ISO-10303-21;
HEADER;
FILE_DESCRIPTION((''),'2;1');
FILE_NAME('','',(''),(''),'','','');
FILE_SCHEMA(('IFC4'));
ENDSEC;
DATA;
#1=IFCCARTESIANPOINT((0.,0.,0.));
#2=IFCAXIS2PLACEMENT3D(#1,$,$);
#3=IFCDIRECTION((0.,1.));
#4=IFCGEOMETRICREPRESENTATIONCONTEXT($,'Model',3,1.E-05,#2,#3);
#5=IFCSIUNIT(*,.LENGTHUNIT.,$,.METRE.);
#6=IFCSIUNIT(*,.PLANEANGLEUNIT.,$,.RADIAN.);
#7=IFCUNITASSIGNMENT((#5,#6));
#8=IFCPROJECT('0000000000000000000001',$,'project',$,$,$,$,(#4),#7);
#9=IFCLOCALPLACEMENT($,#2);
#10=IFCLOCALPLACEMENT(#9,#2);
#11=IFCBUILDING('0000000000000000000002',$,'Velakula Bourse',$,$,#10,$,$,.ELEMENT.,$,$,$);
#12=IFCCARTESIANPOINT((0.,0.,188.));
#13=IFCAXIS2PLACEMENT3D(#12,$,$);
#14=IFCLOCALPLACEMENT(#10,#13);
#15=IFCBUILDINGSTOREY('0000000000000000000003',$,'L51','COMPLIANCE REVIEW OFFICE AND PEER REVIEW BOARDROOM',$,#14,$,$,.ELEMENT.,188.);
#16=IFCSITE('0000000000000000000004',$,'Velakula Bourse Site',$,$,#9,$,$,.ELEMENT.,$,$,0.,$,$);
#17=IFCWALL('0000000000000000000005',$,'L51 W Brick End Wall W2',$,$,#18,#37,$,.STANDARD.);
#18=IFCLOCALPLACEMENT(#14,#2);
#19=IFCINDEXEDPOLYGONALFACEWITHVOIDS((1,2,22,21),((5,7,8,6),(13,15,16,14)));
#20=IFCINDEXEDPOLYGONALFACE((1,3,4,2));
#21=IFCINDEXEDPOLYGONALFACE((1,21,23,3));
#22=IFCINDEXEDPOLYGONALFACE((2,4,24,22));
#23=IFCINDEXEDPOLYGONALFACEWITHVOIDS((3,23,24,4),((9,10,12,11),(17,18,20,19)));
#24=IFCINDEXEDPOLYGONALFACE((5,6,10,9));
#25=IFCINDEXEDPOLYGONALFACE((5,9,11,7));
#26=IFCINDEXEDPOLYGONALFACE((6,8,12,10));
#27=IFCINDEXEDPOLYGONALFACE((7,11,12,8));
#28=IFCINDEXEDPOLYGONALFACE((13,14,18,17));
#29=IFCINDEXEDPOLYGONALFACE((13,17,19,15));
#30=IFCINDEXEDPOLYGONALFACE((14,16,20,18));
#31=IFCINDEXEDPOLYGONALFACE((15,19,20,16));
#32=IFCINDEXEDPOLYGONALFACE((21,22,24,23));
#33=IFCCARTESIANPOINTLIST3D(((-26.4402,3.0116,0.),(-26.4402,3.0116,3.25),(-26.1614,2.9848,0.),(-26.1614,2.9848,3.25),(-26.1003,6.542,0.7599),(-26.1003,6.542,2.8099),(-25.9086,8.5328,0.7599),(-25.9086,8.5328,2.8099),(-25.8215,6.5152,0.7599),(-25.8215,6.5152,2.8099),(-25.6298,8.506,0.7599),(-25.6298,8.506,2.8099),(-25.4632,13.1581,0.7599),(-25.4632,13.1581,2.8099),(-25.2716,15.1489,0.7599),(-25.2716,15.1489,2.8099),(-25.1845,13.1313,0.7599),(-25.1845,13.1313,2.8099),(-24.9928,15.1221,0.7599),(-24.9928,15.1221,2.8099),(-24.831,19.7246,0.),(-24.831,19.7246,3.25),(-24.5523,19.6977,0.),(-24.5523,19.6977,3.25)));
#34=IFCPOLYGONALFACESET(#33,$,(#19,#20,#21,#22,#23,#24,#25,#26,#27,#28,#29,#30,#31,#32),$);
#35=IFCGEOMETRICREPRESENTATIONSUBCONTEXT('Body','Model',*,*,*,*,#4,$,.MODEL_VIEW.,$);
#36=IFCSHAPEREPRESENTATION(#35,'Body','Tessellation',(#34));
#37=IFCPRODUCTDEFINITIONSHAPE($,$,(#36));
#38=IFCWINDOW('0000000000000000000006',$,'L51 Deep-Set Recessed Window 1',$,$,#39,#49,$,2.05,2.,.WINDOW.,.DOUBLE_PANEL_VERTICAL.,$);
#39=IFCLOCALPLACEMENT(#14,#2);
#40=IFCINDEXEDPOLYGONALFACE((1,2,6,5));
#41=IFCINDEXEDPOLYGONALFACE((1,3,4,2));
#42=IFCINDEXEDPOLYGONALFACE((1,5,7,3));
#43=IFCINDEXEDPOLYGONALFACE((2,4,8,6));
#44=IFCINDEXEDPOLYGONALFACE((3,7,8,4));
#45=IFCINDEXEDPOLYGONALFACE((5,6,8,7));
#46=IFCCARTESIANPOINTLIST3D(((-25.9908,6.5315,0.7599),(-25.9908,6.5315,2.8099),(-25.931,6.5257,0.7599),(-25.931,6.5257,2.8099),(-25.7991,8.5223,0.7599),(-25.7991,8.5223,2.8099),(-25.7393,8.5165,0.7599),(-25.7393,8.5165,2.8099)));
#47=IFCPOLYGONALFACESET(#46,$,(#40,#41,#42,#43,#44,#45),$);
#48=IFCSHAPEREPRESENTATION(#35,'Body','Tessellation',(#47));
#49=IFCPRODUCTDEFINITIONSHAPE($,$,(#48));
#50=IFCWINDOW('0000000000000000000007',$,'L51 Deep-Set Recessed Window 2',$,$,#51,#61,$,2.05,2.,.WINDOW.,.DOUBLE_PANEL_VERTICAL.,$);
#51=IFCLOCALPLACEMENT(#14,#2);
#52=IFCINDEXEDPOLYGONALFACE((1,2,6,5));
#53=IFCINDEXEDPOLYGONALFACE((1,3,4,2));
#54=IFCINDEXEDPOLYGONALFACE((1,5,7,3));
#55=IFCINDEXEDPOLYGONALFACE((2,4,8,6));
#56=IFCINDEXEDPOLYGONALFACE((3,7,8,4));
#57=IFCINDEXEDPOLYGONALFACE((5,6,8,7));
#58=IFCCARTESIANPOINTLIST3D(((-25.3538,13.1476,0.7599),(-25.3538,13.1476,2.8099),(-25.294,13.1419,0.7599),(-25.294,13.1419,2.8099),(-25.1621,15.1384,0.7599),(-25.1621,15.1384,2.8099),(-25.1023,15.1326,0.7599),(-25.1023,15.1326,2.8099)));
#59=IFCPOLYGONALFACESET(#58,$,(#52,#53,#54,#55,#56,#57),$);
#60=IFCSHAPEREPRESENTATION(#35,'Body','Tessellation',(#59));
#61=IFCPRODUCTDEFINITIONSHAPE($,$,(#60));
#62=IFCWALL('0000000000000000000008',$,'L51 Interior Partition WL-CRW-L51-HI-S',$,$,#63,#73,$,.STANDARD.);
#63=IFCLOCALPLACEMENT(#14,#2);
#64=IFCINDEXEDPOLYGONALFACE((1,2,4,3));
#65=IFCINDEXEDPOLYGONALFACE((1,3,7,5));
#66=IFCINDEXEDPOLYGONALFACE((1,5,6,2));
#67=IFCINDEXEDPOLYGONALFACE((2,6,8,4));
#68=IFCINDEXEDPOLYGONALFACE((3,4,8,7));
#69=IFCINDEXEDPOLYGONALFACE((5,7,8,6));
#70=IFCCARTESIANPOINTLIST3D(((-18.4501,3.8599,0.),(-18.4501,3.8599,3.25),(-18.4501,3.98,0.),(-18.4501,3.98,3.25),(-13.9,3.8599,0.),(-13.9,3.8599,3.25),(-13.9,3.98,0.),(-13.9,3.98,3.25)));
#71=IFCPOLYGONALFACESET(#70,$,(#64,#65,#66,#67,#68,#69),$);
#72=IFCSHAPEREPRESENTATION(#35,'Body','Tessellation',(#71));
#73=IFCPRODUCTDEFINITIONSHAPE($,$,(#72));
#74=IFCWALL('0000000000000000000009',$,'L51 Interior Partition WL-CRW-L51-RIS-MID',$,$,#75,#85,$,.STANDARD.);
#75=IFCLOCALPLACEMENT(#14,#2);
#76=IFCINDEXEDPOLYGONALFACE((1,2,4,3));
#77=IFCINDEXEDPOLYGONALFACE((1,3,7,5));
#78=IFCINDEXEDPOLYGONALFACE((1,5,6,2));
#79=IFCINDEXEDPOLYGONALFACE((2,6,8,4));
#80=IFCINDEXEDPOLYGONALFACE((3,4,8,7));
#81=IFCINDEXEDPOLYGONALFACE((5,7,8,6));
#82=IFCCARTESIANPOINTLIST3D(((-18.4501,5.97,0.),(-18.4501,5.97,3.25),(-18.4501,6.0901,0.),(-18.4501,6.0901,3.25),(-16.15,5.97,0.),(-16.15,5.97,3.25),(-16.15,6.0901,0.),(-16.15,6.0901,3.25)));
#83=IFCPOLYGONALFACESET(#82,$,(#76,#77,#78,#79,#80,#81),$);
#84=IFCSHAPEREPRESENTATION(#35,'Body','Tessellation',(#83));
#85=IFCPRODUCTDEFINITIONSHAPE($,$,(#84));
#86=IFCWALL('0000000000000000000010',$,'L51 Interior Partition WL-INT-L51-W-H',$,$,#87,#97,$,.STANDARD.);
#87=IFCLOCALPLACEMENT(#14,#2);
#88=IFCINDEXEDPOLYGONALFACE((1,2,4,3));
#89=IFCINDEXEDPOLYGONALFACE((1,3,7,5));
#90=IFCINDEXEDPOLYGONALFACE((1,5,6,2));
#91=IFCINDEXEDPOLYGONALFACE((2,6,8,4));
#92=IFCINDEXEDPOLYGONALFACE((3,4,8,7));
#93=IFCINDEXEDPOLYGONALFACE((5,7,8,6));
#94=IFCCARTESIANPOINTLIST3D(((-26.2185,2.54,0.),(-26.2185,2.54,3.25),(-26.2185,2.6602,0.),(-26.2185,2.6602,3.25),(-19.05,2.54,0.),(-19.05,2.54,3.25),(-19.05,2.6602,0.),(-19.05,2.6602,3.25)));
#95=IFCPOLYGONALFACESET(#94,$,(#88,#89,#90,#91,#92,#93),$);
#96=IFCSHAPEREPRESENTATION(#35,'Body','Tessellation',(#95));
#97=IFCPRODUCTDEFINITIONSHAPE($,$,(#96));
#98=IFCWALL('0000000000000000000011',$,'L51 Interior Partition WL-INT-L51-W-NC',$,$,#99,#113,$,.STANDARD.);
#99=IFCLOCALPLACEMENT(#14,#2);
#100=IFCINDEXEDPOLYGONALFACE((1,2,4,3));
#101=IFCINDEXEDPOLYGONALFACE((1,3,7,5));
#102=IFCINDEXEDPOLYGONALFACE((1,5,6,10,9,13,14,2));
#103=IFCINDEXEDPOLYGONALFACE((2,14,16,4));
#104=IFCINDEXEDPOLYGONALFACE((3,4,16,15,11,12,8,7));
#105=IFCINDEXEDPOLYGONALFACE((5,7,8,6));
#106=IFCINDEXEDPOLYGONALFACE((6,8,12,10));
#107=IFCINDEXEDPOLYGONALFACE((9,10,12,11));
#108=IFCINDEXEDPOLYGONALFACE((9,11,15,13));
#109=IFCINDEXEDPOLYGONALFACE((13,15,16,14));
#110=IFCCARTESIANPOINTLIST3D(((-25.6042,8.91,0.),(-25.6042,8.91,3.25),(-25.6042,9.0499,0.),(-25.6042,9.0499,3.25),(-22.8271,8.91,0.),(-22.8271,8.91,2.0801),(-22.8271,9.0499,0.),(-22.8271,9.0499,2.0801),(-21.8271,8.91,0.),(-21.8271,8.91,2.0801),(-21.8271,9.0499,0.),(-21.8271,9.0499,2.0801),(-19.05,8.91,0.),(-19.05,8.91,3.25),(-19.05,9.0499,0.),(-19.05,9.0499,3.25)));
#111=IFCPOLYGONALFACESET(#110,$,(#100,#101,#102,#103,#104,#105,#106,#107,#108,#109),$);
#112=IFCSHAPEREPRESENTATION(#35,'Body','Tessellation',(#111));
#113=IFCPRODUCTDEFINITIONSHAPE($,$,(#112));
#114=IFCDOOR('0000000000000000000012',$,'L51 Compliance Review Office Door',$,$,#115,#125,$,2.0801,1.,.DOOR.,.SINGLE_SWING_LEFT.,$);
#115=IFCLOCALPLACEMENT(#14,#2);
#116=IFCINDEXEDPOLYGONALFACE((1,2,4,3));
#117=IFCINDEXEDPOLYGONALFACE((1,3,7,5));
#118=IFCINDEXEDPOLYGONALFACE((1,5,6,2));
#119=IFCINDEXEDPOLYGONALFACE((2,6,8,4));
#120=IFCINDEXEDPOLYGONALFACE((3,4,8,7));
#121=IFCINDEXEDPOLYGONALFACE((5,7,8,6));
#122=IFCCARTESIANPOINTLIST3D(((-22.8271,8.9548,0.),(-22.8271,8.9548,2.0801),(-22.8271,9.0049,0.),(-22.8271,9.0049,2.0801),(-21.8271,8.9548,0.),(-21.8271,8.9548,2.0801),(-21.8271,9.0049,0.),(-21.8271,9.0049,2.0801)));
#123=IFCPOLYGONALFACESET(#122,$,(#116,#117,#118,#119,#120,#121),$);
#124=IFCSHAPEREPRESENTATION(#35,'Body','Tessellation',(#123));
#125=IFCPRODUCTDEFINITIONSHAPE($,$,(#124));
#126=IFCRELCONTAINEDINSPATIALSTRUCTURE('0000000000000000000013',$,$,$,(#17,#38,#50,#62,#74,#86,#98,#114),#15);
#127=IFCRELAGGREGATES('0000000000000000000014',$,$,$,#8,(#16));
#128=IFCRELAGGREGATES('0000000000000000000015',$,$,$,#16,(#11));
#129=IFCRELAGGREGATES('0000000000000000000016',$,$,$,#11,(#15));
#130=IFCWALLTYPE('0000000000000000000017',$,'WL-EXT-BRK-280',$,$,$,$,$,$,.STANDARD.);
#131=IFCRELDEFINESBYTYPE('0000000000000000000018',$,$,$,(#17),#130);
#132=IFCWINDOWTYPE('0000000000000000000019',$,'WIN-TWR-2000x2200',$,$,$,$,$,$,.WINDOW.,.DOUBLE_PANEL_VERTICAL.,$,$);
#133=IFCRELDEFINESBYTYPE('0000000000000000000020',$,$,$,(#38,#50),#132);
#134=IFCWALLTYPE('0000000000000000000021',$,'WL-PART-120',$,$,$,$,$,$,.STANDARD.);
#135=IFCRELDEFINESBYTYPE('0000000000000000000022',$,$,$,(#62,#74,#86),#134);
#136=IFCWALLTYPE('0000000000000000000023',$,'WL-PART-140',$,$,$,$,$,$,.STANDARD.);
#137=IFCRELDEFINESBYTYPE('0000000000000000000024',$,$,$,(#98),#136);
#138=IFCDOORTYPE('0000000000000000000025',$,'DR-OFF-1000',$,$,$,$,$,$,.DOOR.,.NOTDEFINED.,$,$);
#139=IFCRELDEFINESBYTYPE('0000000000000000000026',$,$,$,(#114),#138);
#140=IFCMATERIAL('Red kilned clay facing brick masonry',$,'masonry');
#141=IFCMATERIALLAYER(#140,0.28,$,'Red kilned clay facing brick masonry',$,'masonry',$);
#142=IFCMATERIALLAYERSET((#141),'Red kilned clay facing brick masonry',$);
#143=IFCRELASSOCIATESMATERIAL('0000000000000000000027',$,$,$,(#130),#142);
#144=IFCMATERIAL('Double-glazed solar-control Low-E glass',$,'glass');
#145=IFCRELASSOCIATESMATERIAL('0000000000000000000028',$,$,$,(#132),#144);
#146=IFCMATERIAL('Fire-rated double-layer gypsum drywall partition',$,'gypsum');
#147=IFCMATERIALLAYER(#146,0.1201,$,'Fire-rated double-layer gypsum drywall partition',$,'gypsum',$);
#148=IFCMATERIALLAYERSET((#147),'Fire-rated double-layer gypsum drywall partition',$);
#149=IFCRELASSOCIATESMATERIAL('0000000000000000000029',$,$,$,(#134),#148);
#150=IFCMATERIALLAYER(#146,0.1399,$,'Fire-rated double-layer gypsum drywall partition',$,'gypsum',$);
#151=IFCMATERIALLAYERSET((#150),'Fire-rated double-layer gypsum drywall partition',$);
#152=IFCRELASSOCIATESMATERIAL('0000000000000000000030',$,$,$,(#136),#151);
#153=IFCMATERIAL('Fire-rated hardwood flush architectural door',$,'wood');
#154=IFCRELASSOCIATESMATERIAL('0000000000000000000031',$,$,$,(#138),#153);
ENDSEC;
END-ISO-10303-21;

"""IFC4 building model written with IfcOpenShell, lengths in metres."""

from ifc_helpers import new_model, si_unit, direction, frame, frame_2d, origin, place, context, subcontext, project, spatial, rectangle, extrude, material, layer, layer_set, type_object, element, fill, save


model = new_model("IFC4")

# Units and contexts
model_context = context("Model", 3, precision=1e-05, world=origin(), true_north=direction((0.0, 1.0)))
body_context = subcontext(model_context, "Body", "Model", "MODEL_VIEW")
ifc_project = project(units=[si_unit("LENGTHUNIT", "METRE"), si_unit("PLANEANGLEUNIT", "RADIAN")], contexts=[model_context])

# Site, building, storey
site_placement = place(None, origin())
site = spatial("IfcSite", under=ifc_project, at=site_placement, Name="Velakula Bourse Site", CompositionType="ELEMENT", RefElevation=0.0)
building_placement = place(site_placement, origin())
building = spatial("IfcBuilding", under=site, at=building_placement, Name="Velakula Bourse", CompositionType="ELEMENT")
storey_placement = place(building_placement, frame((0.0, 0.0, 188.0)))
storey = spatial("IfcBuildingStorey", under=building, at=storey_placement, Name="L51", Description="COMPLIANCE REVIEW OFFICE AND PEER REVIEW BOARDROOM", CompositionType="ELEMENT", Elevation=188.0)

# Shared definitions
ifc_material_1 = material(Name="Fire-rated hardwood flush architectural door", Category="wood")

# Wall, openings, windows
ifc_material_2 = material(Name="Red kilned clay facing brick masonry", Category="masonry")
ifc_layer_1 = layer(ifc_material_2, 0.28, Name="Red kilned clay facing brick masonry", Category="masonry")
ifc_layer_set_1 = layer_set([ifc_layer_1], Name="Red kilned clay facing brick masonry")
wall_type_1 = type_object("IfcWallType", Name="WL-EXT-BRK-280", PredefinedType="STANDARD", material=ifc_layer_set_1)
wall_1_placement = place(storey_placement, frame((-26.3008, 2.9983, 0.0), z_axis=(0.0, 0.0, 1.0), x_axis=(0.095838, 0.995397, 0.0)))
wall_1 = element("IfcWall", 1, at=wall_1_placement, inside=storey, type_object=wall_type_1, Name="L51 W Brick End Wall W2", PredefinedType="STANDARD", context=body_context, shape_type="SweptSolid", body=[
    extrude(rectangle(XDim=16.7903, YDim=0.28, at=frame_2d((8.395, 0.0))), origin(), (0.0, 0.0, 1.0), 3.25),
])
opening_1_placement = place(wall_1_placement, frame((3.5466, 0.0, 0.76)))
opening_1 = element("IfcOpeningElement", 2, at=opening_1_placement, cuts=wall_1, PredefinedType="OPENING", context=body_context, shape_type="SweptSolid", body=[
    extrude(rectangle(XDim=2.0, YDim=2.05, at=frame_2d((1.0, 1.0249))), frame((0.0, 0.1499, 0.0), z_axis=(0.0, -1.0, 0.0), x_axis=(1.0, 0.0, 0.0)), (0.0, 0.0, 1.0), 0.3),
])
opening_2_placement = place(wall_1_placement, frame((10.1934, 0.0, 0.76)))
opening_2 = element("IfcOpeningElement", 3, at=opening_2_placement, cuts=wall_1, PredefinedType="OPENING", context=body_context, shape_type="SweptSolid", body=[
    extrude(rectangle(XDim=2.0, YDim=2.05, at=frame_2d((1.0, 1.0249))), frame((0.0, 0.1499, 0.0), z_axis=(0.0, -1.0, 0.0), x_axis=(1.0, 0.0, 0.0)), (0.0, 0.0, 1.0), 0.3),
])
ifc_material_3 = material(Name="Double-glazed solar-control Low-E glass", Category="glass")
window_type = type_object("IfcWindowType", Name="WIN-TWR-2000x2200", PartitioningType="DOUBLE_PANEL_VERTICAL", PredefinedType="WINDOW", material=ifc_material_3)
window_1_placement = place(opening_1_placement, origin())
window_1 = element("IfcWindow", 4, at=window_1_placement, inside=storey, type_object=window_type, Name="L51 Deep-Set Recessed Window 1", OverallHeight=2.05, OverallWidth=2.0, PartitioningType="DOUBLE_PANEL_VERTICAL", PredefinedType="WINDOW", context=body_context, shape_type="SweptSolid", body=[
    extrude(rectangle(XDim=2.0, YDim=2.05, at=frame_2d((1.0, 1.0249))), frame((0.0, 0.03, 0.0), z_axis=(0.0, -1.0, 0.0), x_axis=(1.0, 0.0, 0.0)), (0.0, 0.0, 1.0), 0.0601),
])
fill(opening_1, window_1)
window_2_placement = place(opening_2_placement, origin())
window_2 = element("IfcWindow", 5, at=window_2_placement, inside=storey, type_object=window_type, Name="L51 Deep-Set Recessed Window 2", OverallHeight=2.05, OverallWidth=2.0, PartitioningType="DOUBLE_PANEL_VERTICAL", PredefinedType="WINDOW", context=body_context, shape_type="SweptSolid", body=[
    extrude(rectangle(XDim=2.0, YDim=2.05, at=frame_2d((1.0, 1.0249))), frame((0.0, 0.03, 0.0), z_axis=(0.0, -1.0, 0.0), x_axis=(1.0, 0.0, 0.0)), (0.0, 0.0, 1.0), 0.0601),
])
fill(opening_2, window_2)

# Walls
ifc_material_4 = material(Name="Fire-rated double-layer gypsum drywall partition", Category="gypsum")
ifc_layer_2 = layer(ifc_material_4, 0.1201, Name="Fire-rated double-layer gypsum drywall partition", Category="gypsum")
ifc_layer_set_2 = layer_set([ifc_layer_2], Name="Fire-rated double-layer gypsum drywall partition")
wall_type_2 = type_object("IfcWallType", Name="WL-PART-120", PredefinedType="STANDARD", material=ifc_layer_set_2)
wall_2_placement = place(storey_placement, frame((-18.45, 3.9199, 0.0), z_axis=(0.0, 0.0, 1.0), x_axis=(1.0, 0.0, 0.0)))
element("IfcWall", 6, at=wall_2_placement, inside=storey, type_object=wall_type_2, Name="L51 Interior Partition WL-CRW-L51-HI-S", PredefinedType="STANDARD", context=body_context, shape_type="SweptSolid", body=[
    extrude(rectangle(XDim=4.55, YDim=0.1201, at=frame_2d((2.2749, 0.0))), origin(), (0.0, 0.0, 1.0), 3.25),
])
wall_3_placement = place(storey_placement, frame((-18.45, 6.03, 0.0), z_axis=(0.0, 0.0, 1.0), x_axis=(1.0, 0.0, 0.0)))
element("IfcWall", 7, at=wall_3_placement, inside=storey, type_object=wall_type_2, Name="L51 Interior Partition WL-CRW-L51-RIS-MID", PredefinedType="STANDARD", context=body_context, shape_type="SweptSolid", body=[
    extrude(rectangle(XDim=2.3, YDim=0.1201, at=frame_2d((1.1499, 0.0))), origin(), (0.0, 0.0, 1.0), 3.25),
])
wall_4_placement = place(storey_placement, frame((-26.2185, 2.6001, 0.0), z_axis=(0.0, 0.0, 1.0), x_axis=(1.0, 0.0, 0.0)))
element("IfcWall", 8, at=wall_4_placement, inside=storey, type_object=wall_type_2, Name="L51 Interior Partition WL-INT-L51-W-H", PredefinedType="STANDARD", context=body_context, shape_type="SweptSolid", body=[
    extrude(rectangle(XDim=7.1685, YDim=0.1201, at=frame_2d((3.5842, 0.0))), origin(), (0.0, 0.0, 1.0), 3.25),
])

# Wall, opening, door
ifc_layer_3 = layer(ifc_material_4, 0.1399, Name="Fire-rated double-layer gypsum drywall partition", Category="gypsum")
ifc_layer_set_3 = layer_set([ifc_layer_3], Name="Fire-rated double-layer gypsum drywall partition")
wall_type_3 = type_object("IfcWallType", Name="WL-PART-140", PredefinedType="STANDARD", material=ifc_layer_set_3)
wall_5_placement = place(storey_placement, frame((-25.6042, 8.98, 0.0), z_axis=(0.0, 0.0, 1.0), x_axis=(1.0, 0.0, 0.0)))
wall_5 = element("IfcWall", 9, at=wall_5_placement, inside=storey, type_object=wall_type_3, Name="L51 Interior Partition WL-INT-L51-W-NC", PredefinedType="STANDARD", context=body_context, shape_type="SweptSolid", body=[
    extrude(rectangle(XDim=6.5542, YDim=0.1399, at=frame_2d((3.2771, 0.0))), origin(), (0.0, 0.0, 1.0), 3.25),
])
opening_3_placement = place(wall_5_placement, frame((2.7771, 0.0, 0.0)))
opening_3 = element("IfcOpeningElement", 10, at=opening_3_placement, cuts=wall_5, PredefinedType="OPENING", context=body_context, shape_type="SweptSolid", body=[
    extrude(rectangle(XDim=1.0, YDim=2.0801, at=frame_2d((0.5, 1.04))), frame((0.0, 0.0798, 0.0), z_axis=(0.0, -1.0, 0.0), x_axis=(1.0, 0.0, 0.0)), (0.0, 0.0, 1.0), 0.1599),
])
door_type_1 = type_object("IfcDoorType", Name="DR-OFF-1000", OperationType="NOTDEFINED", PredefinedType="DOOR", material=ifc_material_1)
door_1_placement = place(opening_3_placement, origin())
door_1 = element("IfcDoor", 11, at=door_1_placement, inside=storey, type_object=door_type_1, Name="L51 Compliance Review Office Door", OperationType="SINGLE_SWING_LEFT", OverallHeight=2.0801, OverallWidth=1.0, PredefinedType="DOOR", context=body_context, shape_type="SweptSolid", body=[
    extrude(rectangle(XDim=1.0, YDim=2.0801, at=frame_2d((0.5, 1.04))), frame((0.0, 0.0249, 0.0), z_axis=(0.0, -1.0, 0.0), x_axis=(1.0, 0.0, 0.0)), (0.0, 0.0, 1.0), 0.05),
])
fill(opening_3, door_1)

save(model, "model.ifc")
